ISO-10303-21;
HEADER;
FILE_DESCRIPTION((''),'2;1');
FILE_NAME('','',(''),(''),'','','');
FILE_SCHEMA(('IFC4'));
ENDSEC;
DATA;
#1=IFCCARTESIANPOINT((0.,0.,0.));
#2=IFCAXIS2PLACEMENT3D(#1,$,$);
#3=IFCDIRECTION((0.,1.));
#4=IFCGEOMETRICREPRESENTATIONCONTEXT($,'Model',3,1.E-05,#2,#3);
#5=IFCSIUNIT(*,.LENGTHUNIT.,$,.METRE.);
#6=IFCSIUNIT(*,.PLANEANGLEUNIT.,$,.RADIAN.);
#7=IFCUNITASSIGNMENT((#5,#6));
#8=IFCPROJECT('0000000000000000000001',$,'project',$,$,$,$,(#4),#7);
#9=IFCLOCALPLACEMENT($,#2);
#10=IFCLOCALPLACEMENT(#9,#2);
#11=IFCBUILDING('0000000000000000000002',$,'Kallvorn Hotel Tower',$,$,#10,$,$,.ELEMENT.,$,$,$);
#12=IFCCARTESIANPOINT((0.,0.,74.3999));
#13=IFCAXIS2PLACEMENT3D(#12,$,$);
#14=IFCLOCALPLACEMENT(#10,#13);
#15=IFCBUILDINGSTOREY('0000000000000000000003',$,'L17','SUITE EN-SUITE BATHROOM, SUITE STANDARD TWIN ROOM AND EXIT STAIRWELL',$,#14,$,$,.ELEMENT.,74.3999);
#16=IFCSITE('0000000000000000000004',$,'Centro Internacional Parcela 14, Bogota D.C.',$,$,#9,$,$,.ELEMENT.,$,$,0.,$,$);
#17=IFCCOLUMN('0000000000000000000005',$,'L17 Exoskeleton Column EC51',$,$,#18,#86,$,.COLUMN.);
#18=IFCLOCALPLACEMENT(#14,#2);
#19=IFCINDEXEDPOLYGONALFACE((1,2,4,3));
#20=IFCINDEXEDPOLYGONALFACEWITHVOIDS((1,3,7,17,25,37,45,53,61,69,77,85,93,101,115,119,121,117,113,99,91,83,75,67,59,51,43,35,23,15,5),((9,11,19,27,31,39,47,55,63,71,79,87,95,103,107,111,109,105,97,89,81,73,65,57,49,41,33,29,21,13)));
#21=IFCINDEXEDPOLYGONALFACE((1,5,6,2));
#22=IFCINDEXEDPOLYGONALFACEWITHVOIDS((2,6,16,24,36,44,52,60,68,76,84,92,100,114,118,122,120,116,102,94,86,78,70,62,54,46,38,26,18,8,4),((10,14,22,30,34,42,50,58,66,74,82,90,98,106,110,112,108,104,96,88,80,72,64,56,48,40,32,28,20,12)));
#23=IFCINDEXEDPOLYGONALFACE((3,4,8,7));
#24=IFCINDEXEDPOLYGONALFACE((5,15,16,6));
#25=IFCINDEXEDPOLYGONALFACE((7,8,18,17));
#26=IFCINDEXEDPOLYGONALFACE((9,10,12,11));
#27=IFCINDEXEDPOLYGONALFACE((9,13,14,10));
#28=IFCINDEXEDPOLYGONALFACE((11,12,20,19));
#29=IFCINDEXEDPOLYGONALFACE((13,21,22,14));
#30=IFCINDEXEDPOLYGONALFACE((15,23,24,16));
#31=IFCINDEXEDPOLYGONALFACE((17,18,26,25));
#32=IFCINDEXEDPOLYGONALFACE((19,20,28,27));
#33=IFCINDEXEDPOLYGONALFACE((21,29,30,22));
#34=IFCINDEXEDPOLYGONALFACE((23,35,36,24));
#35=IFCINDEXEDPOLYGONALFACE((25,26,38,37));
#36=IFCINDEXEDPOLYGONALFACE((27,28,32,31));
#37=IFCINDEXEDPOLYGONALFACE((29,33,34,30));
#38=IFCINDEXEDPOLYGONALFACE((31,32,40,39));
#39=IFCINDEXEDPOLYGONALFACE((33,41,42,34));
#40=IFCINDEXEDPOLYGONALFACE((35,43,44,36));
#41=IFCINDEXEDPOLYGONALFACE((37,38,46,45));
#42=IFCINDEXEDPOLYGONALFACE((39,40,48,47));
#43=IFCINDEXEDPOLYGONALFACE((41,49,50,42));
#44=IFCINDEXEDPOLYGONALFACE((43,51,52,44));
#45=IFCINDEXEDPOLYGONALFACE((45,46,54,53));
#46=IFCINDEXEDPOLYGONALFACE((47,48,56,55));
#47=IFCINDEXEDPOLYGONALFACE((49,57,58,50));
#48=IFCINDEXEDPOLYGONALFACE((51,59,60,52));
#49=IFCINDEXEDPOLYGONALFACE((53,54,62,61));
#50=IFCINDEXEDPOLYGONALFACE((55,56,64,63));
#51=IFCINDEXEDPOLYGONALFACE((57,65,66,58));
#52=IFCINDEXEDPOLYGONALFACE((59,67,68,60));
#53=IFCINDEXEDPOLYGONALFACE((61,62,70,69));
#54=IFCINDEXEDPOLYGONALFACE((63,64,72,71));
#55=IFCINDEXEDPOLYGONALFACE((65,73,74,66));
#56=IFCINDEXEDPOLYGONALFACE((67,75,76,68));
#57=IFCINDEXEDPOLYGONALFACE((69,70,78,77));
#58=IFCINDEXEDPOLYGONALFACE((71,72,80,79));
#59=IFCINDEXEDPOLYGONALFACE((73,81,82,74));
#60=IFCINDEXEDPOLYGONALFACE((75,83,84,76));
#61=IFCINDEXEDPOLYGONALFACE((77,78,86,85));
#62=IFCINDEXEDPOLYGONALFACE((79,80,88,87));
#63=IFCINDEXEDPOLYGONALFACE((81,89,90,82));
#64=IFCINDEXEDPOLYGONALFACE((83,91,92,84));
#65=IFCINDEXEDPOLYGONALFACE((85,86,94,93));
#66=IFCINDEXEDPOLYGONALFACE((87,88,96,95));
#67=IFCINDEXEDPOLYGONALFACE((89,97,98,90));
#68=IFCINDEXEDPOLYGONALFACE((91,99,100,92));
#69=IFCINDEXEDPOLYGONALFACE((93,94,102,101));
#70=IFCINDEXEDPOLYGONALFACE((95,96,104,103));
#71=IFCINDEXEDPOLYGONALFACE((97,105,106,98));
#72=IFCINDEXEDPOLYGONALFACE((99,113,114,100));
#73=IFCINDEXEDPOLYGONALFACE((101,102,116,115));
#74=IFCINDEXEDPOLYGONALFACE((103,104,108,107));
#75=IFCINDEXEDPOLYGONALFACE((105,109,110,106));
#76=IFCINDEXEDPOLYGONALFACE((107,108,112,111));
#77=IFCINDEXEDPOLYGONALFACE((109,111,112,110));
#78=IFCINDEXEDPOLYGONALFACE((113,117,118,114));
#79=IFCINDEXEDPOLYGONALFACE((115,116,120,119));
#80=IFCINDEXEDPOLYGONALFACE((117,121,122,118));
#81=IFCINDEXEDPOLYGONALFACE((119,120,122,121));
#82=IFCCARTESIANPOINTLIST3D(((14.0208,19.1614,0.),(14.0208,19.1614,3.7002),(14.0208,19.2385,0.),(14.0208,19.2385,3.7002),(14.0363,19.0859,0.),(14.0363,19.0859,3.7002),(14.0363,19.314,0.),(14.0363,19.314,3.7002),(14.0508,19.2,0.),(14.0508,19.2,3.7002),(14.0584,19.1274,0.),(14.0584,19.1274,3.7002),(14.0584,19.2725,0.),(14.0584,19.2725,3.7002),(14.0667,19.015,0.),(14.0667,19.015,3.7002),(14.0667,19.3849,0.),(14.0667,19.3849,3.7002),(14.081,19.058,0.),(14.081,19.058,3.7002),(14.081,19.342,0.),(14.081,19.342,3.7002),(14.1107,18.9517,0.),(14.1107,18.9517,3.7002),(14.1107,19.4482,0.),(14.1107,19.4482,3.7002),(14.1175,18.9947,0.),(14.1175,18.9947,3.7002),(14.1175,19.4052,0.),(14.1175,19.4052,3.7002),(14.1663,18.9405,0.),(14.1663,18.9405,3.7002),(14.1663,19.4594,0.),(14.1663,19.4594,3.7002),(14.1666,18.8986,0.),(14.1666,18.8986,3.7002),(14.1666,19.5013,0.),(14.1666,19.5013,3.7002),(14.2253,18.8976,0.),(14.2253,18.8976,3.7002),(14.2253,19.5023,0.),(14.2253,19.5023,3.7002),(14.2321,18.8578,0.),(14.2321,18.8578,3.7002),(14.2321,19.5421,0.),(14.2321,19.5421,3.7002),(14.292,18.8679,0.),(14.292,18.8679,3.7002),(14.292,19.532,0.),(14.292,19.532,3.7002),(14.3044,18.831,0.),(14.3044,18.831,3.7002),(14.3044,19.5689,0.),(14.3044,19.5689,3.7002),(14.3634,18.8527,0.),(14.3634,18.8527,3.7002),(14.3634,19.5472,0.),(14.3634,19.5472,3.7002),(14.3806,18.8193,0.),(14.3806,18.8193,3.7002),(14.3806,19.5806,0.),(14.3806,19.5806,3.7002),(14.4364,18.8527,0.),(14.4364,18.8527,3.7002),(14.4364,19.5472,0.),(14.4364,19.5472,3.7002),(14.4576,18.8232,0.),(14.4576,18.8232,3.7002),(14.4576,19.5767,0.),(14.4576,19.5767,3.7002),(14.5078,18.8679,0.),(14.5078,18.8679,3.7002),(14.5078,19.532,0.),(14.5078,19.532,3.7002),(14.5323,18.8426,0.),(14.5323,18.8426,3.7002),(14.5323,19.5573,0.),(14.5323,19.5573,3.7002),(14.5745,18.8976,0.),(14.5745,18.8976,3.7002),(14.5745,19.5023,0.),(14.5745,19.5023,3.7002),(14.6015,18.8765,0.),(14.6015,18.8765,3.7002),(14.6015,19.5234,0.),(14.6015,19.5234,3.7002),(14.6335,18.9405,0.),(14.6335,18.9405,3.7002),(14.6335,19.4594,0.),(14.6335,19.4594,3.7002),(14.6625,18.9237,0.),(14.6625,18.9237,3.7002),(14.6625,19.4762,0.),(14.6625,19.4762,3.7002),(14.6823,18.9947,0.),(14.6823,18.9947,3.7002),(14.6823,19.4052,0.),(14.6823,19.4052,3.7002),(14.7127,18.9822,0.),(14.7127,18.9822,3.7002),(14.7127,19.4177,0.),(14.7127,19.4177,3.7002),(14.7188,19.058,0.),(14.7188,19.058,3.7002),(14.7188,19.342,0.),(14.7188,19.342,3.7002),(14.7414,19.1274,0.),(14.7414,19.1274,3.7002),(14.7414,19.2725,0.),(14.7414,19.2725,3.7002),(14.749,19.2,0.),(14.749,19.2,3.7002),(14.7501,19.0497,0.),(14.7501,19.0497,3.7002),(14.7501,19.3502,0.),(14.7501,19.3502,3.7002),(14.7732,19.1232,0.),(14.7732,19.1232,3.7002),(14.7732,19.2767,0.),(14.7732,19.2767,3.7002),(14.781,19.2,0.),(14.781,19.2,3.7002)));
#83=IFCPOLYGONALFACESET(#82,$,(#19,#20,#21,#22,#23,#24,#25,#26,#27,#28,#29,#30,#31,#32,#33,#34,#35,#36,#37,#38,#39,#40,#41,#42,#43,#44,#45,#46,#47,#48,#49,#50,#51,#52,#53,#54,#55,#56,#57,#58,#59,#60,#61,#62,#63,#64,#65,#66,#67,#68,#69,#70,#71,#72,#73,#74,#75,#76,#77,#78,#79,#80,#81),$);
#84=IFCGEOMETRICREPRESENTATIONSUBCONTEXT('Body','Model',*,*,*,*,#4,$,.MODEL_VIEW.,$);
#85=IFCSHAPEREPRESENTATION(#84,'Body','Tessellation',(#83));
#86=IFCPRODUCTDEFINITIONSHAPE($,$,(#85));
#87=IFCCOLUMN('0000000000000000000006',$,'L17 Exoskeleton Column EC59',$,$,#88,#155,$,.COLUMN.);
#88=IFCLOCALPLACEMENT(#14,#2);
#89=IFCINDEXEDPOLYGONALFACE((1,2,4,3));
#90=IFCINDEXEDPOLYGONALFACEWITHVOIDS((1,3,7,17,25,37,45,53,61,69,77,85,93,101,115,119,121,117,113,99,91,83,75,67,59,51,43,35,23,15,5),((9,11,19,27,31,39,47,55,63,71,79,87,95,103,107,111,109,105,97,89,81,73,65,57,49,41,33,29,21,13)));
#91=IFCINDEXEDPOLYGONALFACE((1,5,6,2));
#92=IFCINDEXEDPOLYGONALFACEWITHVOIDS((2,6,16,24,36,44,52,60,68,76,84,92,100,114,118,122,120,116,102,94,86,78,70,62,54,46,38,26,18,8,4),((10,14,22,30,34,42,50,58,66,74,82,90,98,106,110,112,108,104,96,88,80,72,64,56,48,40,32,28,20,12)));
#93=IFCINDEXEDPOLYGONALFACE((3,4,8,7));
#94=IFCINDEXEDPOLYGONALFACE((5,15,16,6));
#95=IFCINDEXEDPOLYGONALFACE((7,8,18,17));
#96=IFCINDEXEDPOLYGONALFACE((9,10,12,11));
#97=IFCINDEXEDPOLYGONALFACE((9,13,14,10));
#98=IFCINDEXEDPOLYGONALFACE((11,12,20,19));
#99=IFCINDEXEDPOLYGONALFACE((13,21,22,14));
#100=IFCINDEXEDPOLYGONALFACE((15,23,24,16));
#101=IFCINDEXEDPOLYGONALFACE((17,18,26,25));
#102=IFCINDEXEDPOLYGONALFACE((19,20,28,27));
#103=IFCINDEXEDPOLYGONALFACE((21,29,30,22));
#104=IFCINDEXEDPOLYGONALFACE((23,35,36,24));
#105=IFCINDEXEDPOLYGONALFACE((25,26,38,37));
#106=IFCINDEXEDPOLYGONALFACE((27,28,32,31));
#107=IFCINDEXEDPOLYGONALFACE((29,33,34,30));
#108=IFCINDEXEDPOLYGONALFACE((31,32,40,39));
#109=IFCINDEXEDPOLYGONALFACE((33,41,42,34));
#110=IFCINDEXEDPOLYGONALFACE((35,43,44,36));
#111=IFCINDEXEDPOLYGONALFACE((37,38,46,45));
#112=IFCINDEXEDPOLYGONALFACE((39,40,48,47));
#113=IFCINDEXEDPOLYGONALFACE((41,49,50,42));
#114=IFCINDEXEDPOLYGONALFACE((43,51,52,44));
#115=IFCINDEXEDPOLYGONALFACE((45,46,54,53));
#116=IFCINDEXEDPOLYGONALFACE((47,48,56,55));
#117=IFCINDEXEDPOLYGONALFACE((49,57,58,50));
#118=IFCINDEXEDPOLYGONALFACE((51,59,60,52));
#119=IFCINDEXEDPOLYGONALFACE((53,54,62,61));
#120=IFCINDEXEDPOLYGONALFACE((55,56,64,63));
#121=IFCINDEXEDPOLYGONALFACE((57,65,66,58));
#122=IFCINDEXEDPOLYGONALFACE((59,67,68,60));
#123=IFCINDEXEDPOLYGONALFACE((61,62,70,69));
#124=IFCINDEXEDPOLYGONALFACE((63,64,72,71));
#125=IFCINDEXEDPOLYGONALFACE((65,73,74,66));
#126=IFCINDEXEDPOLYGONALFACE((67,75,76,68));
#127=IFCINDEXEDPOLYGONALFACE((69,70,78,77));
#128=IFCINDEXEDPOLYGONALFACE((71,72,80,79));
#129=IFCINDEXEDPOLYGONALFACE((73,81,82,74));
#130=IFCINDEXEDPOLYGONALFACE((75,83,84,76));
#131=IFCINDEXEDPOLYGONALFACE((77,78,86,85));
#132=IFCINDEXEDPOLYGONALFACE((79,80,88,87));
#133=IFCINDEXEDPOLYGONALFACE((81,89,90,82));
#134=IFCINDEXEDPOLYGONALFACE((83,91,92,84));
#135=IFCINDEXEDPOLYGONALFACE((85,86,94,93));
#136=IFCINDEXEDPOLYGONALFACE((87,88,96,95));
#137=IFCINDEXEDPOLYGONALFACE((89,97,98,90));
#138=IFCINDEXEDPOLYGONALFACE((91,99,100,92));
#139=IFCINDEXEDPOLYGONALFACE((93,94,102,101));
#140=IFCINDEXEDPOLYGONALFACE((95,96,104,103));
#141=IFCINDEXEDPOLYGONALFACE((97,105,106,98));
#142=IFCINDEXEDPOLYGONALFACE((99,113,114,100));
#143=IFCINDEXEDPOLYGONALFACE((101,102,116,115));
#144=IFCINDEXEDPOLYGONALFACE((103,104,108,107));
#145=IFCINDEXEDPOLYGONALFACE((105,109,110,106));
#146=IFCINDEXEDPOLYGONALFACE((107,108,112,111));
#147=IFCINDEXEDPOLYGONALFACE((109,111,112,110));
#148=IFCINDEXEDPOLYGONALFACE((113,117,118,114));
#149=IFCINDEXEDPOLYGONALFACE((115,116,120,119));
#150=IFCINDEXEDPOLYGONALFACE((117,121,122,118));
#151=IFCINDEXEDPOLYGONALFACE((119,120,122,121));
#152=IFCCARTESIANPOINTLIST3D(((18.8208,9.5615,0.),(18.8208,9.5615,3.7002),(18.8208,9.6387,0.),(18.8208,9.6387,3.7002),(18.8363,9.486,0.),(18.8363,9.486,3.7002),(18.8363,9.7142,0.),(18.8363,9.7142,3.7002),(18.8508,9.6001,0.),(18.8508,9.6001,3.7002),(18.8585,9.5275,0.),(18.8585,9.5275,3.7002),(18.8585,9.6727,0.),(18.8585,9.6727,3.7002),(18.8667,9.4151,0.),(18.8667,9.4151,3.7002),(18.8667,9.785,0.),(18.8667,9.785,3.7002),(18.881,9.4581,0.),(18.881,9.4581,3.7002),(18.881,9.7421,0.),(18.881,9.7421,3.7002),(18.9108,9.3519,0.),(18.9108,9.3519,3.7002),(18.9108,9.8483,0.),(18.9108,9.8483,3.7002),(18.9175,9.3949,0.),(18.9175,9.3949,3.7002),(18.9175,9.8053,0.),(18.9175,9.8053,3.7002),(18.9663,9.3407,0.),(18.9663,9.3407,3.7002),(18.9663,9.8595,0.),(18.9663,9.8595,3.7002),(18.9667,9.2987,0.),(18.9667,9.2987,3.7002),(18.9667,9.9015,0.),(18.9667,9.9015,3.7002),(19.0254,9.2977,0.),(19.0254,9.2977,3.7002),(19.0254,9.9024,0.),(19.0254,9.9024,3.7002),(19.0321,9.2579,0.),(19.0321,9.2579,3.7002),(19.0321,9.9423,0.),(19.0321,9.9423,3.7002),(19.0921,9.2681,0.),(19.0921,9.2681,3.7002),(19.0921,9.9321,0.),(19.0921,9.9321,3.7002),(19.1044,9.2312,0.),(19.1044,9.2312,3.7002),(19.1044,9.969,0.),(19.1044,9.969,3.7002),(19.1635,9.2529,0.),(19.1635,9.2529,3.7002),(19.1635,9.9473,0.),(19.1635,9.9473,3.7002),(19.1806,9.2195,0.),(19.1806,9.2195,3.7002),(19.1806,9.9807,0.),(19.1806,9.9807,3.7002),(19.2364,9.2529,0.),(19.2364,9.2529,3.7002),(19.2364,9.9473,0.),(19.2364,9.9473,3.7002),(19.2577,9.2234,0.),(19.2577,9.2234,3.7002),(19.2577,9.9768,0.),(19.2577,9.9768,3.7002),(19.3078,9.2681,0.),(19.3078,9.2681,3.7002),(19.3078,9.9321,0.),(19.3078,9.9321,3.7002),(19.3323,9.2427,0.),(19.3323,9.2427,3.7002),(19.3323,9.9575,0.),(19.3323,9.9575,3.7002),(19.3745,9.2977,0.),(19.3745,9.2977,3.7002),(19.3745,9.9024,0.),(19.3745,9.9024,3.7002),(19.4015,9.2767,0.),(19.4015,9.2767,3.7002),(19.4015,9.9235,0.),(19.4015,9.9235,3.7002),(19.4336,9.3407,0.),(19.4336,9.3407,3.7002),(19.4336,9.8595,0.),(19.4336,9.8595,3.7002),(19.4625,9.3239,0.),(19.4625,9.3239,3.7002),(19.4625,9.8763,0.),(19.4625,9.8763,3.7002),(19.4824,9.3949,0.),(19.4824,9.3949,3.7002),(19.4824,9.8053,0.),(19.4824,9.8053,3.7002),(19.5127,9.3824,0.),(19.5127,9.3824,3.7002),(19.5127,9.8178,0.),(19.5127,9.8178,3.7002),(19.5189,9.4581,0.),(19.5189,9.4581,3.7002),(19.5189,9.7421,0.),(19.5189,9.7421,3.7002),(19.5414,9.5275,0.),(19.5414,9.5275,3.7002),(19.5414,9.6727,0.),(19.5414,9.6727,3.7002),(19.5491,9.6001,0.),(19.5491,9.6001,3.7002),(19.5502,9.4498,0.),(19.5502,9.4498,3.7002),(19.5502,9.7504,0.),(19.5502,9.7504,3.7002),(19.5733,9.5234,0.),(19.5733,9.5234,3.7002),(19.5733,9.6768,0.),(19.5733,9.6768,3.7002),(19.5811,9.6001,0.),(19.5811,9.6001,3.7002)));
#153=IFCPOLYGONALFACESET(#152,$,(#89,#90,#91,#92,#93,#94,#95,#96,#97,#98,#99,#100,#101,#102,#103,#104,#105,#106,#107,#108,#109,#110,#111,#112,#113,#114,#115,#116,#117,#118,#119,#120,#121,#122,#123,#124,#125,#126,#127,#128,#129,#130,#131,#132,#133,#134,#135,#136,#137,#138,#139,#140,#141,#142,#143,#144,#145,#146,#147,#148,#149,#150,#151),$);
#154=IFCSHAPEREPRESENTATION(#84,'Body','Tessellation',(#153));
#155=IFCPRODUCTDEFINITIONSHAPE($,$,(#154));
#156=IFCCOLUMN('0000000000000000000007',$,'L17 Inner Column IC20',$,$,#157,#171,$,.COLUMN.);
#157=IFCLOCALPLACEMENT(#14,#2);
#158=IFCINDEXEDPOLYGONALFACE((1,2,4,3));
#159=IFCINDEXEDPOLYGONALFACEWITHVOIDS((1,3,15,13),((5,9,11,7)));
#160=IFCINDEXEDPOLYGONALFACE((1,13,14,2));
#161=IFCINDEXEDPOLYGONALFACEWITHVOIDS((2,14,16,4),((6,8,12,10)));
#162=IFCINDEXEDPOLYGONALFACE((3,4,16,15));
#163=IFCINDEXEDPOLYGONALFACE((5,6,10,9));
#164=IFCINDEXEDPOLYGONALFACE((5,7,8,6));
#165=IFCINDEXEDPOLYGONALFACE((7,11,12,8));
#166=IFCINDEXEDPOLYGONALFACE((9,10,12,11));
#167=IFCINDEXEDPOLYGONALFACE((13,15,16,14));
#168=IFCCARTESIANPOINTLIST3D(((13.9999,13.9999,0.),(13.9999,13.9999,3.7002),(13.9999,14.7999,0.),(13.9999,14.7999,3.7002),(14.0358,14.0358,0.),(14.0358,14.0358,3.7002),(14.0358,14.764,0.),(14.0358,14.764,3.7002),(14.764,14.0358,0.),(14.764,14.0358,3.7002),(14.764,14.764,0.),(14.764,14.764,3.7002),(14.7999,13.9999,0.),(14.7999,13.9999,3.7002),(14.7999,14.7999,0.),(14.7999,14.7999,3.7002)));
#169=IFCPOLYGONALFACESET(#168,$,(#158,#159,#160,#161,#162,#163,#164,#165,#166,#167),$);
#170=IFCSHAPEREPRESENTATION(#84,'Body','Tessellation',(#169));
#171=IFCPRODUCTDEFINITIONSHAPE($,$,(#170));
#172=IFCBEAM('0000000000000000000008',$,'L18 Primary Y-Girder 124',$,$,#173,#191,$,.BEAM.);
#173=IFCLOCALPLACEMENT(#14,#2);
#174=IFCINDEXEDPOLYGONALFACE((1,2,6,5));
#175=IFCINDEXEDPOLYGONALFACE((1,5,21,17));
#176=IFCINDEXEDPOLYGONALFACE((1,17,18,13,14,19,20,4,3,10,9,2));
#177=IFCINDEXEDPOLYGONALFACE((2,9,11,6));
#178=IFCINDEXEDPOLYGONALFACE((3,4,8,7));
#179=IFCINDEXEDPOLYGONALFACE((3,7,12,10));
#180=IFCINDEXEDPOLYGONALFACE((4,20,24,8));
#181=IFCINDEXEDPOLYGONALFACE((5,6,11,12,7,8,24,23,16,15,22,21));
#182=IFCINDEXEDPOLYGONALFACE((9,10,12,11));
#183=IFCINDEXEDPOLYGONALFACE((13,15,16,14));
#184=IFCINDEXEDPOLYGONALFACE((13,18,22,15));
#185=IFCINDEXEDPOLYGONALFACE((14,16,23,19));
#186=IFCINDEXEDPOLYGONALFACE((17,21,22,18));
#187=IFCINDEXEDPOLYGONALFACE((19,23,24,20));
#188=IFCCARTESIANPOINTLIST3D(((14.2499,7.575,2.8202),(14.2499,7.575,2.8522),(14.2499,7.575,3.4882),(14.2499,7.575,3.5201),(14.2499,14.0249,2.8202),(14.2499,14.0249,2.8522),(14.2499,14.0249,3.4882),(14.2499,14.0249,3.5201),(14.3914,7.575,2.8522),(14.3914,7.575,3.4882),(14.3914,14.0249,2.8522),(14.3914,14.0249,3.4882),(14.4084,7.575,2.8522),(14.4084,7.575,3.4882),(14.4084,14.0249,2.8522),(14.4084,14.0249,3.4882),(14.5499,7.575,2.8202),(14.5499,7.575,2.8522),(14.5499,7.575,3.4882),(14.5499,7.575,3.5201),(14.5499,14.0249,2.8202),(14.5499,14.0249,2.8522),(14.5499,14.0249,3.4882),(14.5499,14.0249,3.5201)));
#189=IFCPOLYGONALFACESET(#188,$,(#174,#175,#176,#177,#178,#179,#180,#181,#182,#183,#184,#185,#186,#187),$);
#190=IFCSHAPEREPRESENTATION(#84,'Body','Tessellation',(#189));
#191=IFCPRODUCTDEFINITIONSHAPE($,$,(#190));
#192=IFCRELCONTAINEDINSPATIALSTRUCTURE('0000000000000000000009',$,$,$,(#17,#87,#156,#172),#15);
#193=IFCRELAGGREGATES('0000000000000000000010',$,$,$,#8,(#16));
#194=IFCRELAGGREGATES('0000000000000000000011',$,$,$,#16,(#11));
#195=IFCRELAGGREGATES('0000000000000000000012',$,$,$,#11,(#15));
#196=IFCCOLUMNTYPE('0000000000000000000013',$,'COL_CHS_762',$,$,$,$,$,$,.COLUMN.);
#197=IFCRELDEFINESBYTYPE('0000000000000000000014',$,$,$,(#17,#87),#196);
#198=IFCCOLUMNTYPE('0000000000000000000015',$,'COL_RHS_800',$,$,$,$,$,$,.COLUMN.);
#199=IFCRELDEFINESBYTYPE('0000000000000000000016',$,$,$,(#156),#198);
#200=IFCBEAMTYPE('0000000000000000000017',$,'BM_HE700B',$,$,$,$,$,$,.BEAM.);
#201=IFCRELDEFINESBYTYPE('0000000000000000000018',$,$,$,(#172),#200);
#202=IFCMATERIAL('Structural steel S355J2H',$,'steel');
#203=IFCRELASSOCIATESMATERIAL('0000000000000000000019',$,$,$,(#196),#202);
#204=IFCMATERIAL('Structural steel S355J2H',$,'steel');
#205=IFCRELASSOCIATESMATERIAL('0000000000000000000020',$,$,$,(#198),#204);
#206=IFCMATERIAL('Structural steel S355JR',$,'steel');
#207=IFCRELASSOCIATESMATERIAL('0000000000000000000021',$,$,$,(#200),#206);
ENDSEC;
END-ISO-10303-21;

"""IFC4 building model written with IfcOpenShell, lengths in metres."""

from ifc_helpers import new_model, si_unit, direction, frame, origin, origin_2d, place, context, subcontext, project, spatial, hollow_rectangle, hollow_circle, i_section, extrude, material, material_profile, profile_set, type_object, element, save


model = new_model("IFC4")

# Units and contexts
model_context = context("Model", 3, precision=1e-05, world=origin(), true_north=direction((0.0, 1.0)))
body_context = subcontext(model_context, "Body", "Model", "MODEL_VIEW")
ifc_project = project(units=[si_unit("LENGTHUNIT", "METRE"), si_unit("PLANEANGLEUNIT", "RADIAN")], contexts=[model_context])

# Site, building, storey
site_placement = place(None, origin())
site = spatial("IfcSite", under=ifc_project, at=site_placement, Name="Centro Internacional Parcela 14, Bogota D.C.", CompositionType="ELEMENT", RefElevation=0.0)
building_placement = place(site_placement, origin())
building = spatial("IfcBuilding", under=site, at=building_placement, Name="Kallvorn Hotel Tower", CompositionType="ELEMENT")
storey_placement = place(building_placement, frame((0.0, 0.0, 74.3999)))
storey = spatial("IfcBuildingStorey", under=building, at=storey_placement, Name="L17", Description="SUITE EN-SUITE BATHROOM, SUITE STANDARD TWIN ROOM AND EXIT STAIRWELL", CompositionType="ELEMENT", Elevation=74.3999)

# Columns
ifc_material_1 = material(Name="Structural steel S355J2H", Category="steel")
ifc_material_profile_1 = material_profile(ifc_material_1, hollow_circle(Radius=0.3811, WallThickness=0.032, at=origin_2d()), Name="CHS 762x32")
ifc_profile_set_1 = profile_set([ifc_material_profile_1], Name="Structural steel S355J2H")
column_type_1 = type_object("IfcColumnType", Name="COL_CHS_762", PredefinedType="COLUMN", material=ifc_profile_set_1)
for number, where, z_axis, x_axis, name in (
    (1, (14.3999, 19.2, 0.0), (0.0, 0.0, 1.0), (1.0, 0.0, 0.0), "L17 Exoskeleton Column EC51"),
    (2, (19.2, 9.6001, 0.0), (0.0, 0.0, 1.0), (1.0, 0.0, 0.0), "L17 Exoskeleton Column EC59"),
):
    element("IfcColumn", number, at=place(storey_placement, frame(where, z_axis=z_axis, x_axis=x_axis)), inside=storey, type_object=column_type_1, Name=name, PredefinedType="COLUMN", context=body_context, shape_type="SweptSolid", body=[
        extrude(hollow_circle(Radius=0.3811, WallThickness=0.032, at=origin_2d()), origin(), (0.0, 0.0, 1.0), 3.7002),
    ])
ifc_material_2 = material(Name="Structural steel S355J2H", Category="steel")
ifc_material_profile_2 = material_profile(ifc_material_2, hollow_rectangle(XDim=0.8, YDim=0.8, WallThickness=0.0359, at=origin_2d()), Name="RHS 800x800x36")
ifc_profile_set_2 = profile_set([ifc_material_profile_2], Name="Structural steel S355J2H")
column_type_2 = type_object("IfcColumnType", Name="COL_RHS_800", PredefinedType="COLUMN", material=ifc_profile_set_2)
column_placement = place(storey_placement, frame((14.3999, 14.3999, 0.0), z_axis=(0.0, 0.0, 1.0), x_axis=(1.0, 0.0, 0.0)))
element("IfcColumn", 3, at=column_placement, inside=storey, type_object=column_type_2, Name="L17 Inner Column IC20", PredefinedType="COLUMN", context=body_context, shape_type="SweptSolid", body=[
    extrude(hollow_rectangle(XDim=0.8, YDim=0.8, WallThickness=0.0359, at=origin_2d()), origin(), (0.0, 0.0, 1.0), 3.7002),
])

# Beam
ifc_material_3 = material(Name="Structural steel S355JR", Category="steel")
ifc_material_profile_3 = material_profile(ifc_material_3, i_section(OverallWidth=0.3, OverallDepth=0.7, WebThickness=0.0171, FlangeThickness=0.032, at=origin_2d()), Name="HE 700 B")
ifc_profile_set_3 = profile_set([ifc_material_profile_3], Name="Structural steel S355JR")
beam_type_1 = type_object("IfcBeamType", Name="BM_HE700B", PredefinedType="BEAM", material=ifc_profile_set_3)
beam_1_placement = place(storey_placement, frame((14.3999, 7.575, 3.1702), z_axis=(0.0, 1.0, 0.0), x_axis=(-1.0, 0.0, 0.0)))
element("IfcBeam", 4, at=beam_1_placement, inside=storey, type_object=beam_type_1, Name="L18 Primary Y-Girder 124", PredefinedType="BEAM", context=body_context, shape_type="SweptSolid", body=[
    extrude(i_section(OverallWidth=0.3, OverallDepth=0.7, WebThickness=0.0171, FlangeThickness=0.032, at=origin_2d()), origin(), (0.0, 0.0, 1.0), 6.45),
])

save(model, "model.ifc")
